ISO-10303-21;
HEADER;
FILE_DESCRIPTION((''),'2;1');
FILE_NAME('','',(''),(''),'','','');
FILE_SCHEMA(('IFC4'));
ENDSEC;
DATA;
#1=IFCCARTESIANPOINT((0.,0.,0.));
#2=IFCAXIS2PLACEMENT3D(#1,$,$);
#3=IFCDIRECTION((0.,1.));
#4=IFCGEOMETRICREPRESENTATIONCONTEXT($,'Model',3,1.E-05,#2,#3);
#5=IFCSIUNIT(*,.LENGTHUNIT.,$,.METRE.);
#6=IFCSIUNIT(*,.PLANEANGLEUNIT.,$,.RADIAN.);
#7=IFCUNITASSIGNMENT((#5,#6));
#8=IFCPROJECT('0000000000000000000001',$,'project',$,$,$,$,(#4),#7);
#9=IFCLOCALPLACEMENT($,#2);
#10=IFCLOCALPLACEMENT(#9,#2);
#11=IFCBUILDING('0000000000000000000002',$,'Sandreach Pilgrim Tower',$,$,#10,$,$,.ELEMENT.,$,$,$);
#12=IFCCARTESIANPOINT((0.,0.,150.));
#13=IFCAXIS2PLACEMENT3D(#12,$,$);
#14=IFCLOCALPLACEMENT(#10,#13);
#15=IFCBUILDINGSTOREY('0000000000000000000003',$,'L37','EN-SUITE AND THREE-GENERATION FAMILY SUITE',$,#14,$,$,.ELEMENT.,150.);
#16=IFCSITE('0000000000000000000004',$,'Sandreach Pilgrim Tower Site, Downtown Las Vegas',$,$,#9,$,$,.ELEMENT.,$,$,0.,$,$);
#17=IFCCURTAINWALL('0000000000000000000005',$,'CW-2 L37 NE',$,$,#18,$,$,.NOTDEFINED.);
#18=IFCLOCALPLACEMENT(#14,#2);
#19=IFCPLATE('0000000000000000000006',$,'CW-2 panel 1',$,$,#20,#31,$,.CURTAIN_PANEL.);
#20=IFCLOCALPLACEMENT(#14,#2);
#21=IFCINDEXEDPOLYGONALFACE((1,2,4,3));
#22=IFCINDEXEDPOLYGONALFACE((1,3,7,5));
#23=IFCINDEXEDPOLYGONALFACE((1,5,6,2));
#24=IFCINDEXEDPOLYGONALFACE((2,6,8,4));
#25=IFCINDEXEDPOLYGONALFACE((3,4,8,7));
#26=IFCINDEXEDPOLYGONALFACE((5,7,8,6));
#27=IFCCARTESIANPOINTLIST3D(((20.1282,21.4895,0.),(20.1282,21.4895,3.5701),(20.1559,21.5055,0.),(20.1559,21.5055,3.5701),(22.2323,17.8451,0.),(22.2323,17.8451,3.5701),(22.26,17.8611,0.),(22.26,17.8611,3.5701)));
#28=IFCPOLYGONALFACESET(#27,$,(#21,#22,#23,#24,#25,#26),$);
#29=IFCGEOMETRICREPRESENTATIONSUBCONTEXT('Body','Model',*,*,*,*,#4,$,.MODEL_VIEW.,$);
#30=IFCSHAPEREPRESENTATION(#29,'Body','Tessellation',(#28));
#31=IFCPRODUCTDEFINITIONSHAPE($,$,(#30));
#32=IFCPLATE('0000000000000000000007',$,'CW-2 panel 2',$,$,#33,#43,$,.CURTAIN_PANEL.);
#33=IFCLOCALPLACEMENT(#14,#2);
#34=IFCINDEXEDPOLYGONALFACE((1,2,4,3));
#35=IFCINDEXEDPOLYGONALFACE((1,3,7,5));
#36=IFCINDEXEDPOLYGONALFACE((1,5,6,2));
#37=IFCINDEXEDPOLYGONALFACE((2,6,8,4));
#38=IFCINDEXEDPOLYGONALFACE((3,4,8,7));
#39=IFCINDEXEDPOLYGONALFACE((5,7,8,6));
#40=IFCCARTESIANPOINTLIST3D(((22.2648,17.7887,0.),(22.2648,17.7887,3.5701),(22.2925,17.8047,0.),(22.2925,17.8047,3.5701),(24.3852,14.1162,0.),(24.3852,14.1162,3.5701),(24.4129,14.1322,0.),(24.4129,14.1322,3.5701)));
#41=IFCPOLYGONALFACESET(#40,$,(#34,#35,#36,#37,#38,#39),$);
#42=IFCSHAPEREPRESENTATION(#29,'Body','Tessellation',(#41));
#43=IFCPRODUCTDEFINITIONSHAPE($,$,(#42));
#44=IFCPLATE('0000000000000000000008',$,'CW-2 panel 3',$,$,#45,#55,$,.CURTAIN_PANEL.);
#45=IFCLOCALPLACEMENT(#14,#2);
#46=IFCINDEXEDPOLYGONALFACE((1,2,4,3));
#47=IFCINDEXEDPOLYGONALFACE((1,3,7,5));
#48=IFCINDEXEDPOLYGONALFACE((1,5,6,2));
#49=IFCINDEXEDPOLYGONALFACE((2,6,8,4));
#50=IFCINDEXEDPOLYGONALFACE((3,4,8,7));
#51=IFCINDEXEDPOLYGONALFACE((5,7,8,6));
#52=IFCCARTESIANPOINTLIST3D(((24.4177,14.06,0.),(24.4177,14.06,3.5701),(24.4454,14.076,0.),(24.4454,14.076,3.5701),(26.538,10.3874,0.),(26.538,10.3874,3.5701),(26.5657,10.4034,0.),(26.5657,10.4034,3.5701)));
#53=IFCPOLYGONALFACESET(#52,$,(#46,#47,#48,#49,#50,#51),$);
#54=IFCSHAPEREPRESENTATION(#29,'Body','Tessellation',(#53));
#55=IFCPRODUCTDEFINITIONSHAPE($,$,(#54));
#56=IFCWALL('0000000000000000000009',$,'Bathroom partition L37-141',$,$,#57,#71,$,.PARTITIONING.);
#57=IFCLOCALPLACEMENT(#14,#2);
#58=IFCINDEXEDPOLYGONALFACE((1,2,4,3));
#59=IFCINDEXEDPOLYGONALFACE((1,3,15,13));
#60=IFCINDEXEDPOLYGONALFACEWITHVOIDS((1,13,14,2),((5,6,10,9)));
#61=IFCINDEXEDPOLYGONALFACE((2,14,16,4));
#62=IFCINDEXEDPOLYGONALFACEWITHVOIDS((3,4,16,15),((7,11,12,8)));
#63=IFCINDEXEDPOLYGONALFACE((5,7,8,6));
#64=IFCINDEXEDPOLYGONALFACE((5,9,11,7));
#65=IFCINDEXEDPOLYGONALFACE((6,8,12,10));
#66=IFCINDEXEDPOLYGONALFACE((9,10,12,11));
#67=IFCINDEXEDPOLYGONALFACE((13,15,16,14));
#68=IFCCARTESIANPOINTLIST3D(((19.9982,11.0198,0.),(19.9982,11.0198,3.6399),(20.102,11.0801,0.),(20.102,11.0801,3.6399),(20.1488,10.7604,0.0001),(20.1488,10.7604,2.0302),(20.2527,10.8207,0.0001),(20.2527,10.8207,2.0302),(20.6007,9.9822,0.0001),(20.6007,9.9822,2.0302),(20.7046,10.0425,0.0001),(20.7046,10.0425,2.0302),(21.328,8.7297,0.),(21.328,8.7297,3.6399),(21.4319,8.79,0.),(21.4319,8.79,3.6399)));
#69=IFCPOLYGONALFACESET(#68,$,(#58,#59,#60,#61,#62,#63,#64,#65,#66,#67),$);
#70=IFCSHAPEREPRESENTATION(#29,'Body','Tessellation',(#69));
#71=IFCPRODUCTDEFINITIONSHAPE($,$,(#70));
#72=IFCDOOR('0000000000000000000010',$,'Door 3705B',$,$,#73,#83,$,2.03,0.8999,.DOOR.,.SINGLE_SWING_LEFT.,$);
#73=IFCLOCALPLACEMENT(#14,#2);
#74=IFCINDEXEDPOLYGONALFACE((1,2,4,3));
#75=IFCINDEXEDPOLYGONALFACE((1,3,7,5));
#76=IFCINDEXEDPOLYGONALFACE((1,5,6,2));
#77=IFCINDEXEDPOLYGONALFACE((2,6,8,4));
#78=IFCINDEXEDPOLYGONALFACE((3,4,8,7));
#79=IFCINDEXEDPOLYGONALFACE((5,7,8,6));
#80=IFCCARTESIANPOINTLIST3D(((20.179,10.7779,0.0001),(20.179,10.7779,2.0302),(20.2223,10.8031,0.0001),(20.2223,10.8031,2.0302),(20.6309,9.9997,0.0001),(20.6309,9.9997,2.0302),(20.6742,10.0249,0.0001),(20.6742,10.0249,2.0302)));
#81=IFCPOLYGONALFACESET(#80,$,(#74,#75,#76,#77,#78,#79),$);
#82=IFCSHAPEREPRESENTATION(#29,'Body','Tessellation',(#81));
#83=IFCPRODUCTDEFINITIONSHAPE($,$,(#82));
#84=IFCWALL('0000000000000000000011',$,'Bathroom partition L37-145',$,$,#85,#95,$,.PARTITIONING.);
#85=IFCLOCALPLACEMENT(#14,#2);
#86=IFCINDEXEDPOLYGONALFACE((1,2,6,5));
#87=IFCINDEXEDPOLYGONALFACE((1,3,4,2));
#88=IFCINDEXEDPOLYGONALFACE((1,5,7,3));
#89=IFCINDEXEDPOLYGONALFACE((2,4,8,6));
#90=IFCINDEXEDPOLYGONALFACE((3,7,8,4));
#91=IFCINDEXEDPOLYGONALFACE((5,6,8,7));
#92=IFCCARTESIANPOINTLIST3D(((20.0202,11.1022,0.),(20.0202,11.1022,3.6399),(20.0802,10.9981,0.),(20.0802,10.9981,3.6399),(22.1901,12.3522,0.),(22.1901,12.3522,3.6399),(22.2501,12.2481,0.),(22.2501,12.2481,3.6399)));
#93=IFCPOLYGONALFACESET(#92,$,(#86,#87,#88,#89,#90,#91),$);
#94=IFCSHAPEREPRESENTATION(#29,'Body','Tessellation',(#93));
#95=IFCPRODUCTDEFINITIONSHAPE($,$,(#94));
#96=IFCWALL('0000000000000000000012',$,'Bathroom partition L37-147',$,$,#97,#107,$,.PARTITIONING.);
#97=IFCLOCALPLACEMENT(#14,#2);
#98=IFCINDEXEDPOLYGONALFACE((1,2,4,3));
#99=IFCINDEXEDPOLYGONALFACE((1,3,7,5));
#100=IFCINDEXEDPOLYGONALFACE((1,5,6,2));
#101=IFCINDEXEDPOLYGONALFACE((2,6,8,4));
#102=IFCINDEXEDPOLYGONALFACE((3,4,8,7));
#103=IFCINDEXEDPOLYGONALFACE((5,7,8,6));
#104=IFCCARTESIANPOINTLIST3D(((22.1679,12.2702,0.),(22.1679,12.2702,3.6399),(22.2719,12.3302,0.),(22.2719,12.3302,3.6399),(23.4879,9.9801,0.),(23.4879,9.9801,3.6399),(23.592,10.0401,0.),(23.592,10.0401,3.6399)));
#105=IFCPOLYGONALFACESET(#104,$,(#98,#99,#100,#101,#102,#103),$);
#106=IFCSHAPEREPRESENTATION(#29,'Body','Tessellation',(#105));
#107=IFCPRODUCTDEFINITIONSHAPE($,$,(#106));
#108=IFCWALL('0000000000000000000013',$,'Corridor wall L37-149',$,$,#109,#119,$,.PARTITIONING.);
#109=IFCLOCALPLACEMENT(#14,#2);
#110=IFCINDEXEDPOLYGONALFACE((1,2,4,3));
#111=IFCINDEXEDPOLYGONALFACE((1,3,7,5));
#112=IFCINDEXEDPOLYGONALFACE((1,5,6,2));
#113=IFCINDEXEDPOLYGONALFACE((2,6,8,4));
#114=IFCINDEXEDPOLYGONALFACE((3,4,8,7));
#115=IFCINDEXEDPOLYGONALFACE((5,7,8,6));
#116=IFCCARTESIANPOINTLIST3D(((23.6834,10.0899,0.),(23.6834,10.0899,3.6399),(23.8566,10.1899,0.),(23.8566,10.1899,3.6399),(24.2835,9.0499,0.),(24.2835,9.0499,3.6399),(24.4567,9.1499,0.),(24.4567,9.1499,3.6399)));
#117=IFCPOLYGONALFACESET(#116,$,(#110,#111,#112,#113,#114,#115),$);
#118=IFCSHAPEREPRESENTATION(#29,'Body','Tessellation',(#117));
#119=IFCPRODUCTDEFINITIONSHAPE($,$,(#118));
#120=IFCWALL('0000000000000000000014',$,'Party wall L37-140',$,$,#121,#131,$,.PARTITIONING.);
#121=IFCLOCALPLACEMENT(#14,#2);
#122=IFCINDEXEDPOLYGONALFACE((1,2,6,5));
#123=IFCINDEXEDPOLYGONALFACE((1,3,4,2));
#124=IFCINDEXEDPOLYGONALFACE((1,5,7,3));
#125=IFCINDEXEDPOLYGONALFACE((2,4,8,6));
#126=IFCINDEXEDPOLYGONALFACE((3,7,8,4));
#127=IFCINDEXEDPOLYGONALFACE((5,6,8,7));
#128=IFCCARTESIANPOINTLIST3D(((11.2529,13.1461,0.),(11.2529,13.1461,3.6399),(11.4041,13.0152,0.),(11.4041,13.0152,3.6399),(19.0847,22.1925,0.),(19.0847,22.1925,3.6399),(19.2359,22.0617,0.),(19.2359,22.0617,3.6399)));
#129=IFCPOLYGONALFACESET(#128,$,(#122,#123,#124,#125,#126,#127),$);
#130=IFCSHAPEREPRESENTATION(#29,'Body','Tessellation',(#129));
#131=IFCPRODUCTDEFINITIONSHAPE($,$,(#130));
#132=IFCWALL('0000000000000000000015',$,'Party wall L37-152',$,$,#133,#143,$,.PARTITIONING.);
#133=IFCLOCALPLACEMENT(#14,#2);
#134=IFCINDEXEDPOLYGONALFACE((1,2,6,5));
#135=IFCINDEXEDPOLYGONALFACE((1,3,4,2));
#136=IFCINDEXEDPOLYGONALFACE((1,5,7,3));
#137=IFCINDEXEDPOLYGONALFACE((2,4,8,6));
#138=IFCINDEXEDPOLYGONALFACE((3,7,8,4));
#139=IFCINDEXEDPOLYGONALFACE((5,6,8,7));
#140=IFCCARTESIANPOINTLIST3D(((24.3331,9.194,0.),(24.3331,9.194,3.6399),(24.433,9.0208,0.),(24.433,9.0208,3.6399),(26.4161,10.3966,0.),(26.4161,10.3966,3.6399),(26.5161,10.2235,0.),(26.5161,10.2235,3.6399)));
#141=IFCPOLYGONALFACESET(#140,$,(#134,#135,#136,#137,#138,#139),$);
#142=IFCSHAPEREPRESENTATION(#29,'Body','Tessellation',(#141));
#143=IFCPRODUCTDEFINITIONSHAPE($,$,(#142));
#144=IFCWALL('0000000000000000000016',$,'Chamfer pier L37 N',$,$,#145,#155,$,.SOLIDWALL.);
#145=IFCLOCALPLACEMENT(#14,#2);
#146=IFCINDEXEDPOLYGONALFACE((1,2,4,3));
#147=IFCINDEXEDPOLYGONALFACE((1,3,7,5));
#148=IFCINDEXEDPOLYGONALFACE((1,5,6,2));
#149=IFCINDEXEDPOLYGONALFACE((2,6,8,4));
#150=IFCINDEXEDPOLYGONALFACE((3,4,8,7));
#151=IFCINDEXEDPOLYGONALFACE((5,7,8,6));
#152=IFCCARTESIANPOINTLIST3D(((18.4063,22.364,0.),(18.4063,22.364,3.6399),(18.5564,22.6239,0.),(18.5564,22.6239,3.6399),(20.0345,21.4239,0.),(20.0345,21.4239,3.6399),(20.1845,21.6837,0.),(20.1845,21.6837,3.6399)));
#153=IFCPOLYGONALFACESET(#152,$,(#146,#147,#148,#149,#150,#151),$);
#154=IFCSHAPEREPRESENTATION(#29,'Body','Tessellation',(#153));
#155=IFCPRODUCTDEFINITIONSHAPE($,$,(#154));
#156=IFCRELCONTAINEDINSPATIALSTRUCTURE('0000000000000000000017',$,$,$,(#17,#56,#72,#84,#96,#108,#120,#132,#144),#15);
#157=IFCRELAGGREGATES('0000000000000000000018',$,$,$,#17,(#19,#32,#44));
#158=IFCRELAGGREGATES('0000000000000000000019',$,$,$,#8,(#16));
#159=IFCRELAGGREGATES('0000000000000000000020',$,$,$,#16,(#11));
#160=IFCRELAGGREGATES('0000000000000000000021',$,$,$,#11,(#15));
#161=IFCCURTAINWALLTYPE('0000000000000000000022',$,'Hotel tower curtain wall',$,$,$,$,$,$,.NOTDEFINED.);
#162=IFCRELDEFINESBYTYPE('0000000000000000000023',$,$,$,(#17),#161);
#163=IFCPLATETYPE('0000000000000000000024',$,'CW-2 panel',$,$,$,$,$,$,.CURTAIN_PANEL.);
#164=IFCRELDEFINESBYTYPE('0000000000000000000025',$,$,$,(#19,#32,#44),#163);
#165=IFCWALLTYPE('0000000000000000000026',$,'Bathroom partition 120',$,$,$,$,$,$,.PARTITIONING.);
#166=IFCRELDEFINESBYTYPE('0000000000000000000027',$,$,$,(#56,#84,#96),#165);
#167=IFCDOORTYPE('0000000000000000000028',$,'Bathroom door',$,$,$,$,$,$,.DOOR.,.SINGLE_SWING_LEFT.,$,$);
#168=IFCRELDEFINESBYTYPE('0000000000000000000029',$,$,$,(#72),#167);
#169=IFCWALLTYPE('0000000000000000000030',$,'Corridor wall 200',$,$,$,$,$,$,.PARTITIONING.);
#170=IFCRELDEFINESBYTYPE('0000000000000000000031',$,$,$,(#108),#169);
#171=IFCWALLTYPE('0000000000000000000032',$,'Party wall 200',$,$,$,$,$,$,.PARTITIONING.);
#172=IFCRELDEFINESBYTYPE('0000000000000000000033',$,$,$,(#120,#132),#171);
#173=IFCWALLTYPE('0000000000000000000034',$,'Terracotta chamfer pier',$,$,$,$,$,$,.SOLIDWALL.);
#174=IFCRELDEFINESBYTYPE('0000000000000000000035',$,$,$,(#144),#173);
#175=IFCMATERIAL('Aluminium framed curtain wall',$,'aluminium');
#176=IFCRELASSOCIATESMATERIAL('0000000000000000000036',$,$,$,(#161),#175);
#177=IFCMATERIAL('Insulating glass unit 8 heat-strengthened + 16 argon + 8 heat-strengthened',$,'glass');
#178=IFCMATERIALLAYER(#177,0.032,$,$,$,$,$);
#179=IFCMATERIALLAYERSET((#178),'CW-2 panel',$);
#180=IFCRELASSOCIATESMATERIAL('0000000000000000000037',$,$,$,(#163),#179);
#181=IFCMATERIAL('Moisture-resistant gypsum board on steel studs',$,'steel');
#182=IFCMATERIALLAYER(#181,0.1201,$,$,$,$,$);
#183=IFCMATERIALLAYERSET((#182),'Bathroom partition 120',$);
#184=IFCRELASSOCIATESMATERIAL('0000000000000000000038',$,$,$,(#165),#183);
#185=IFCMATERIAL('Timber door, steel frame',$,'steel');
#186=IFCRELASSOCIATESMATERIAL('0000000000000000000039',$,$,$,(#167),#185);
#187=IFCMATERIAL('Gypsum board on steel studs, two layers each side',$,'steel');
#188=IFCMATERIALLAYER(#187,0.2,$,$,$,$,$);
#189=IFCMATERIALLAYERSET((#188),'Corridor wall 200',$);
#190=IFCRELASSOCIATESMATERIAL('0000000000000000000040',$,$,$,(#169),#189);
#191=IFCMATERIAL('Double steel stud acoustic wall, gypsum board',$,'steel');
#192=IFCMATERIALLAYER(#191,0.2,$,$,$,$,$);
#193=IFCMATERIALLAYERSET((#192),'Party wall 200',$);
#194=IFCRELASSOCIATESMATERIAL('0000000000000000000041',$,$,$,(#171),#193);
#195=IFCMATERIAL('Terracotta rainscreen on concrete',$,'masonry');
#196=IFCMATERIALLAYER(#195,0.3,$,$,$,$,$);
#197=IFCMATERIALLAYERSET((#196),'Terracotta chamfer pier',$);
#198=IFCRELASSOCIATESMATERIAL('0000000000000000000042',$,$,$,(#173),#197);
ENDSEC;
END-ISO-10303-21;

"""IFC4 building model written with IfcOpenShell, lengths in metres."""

from ifc_helpers import new_model, si_unit, direction, frame, frame_2d, origin, origin_2d, place, context, subcontext, project, spatial, rectangle, extrude, material, layer, layer_set, type_object, element, fill, aggregate, save


model = new_model("IFC4")

# Units and contexts
model_context = context("Model", 3, precision=1e-05, world=origin(), true_north=direction((0.0, 1.0)))
body_context = subcontext(model_context, "Body", "Model", "MODEL_VIEW")
ifc_project = project(units=[si_unit("LENGTHUNIT", "METRE"), si_unit("PLANEANGLEUNIT", "RADIAN")], contexts=[model_context])

# Site, building, storey
site_placement = place(None, origin())
site = spatial("IfcSite", under=ifc_project, at=site_placement, Name="Sandreach Pilgrim Tower Site, Downtown Las Vegas", CompositionType="ELEMENT", RefElevation=0.0)
building_placement = place(site_placement, origin())
building = spatial("IfcBuilding", under=site, at=building_placement, Name="Sandreach Pilgrim Tower", CompositionType="ELEMENT")
storey_placement = place(building_placement, frame((0.0, 0.0, 150.0)))
storey = spatial("IfcBuildingStorey", under=building, at=storey_placement, Name="L37", Description="EN-SUITE AND THREE-GENERATION FAMILY SUITE", CompositionType="ELEMENT", Elevation=150.0)

# Shared definitions
ifc_material_1 = material(Name="Aluminium framed curtain wall", Category="aluminium")
curtain_wall_type = type_object("IfcCurtainWallType", Name="Hotel tower curtain wall", PredefinedType="NOTDEFINED", material=ifc_material_1)

# Curtain wall
curtain_wall_1_placement = place(storey_placement, origin())
curtain_wall_1 = element("IfcCurtainWall", 1, at=curtain_wall_1_placement, inside=storey, type_object=curtain_wall_type, Name="CW-2 L37 NE", PredefinedType="NOTDEFINED")

# Plates
ifc_material_2 = material(Name="Insulating glass unit 8 heat-strengthened + 16 argon + 8 heat-strengthened", Category="glass")
ifc_layer_1 = layer(ifc_material_2, 0.032)
ifc_layer_set_1 = layer_set([ifc_layer_1], Name="CW-2 panel")
plate_type = type_object("IfcPlateType", Name="CW-2 panel", PredefinedType="CURTAIN_PANEL", material=ifc_layer_set_1)
plate_1_placement = place(storey_placement, frame((21.1941, 19.6753, 0.0), z_axis=(0.0, 0.0, 1.0), x_axis=(0.5, -0.866025, 0.0)))
plate_1 = element("IfcPlate", 2, at=plate_1_placement, type_object=plate_type, Name="CW-2 panel 1", PredefinedType="CURTAIN_PANEL", context=body_context, shape_type="SweptSolid", body=[
    extrude(rectangle(XDim=4.2083, YDim=0.032, at=origin_2d()), origin(), (0.0, 0.0, 1.0), 3.5701),
])
plate_2_placement = place(storey_placement, frame((23.3389, 15.9604, 0.0), z_axis=(0.0, 0.0, 1.0), x_axis=(0.5, -0.866025, 0.0)))
plate_2 = element("IfcPlate", 3, at=plate_2_placement, type_object=plate_type, Name="CW-2 panel 2", PredefinedType="CURTAIN_PANEL", context=body_context, shape_type="SweptSolid", body=[
    extrude(rectangle(XDim=4.2407, YDim=0.032, at=origin_2d()), origin(), (0.0, 0.0, 1.0), 3.5701),
])
plate_3_placement = place(storey_placement, frame((25.4917, 12.2317, 0.0), z_axis=(0.0, 0.0, 1.0), x_axis=(0.5, -0.866025, 0.0)))
plate_3 = element("IfcPlate", 4, at=plate_3_placement, type_object=plate_type, Name="CW-2 panel 3", PredefinedType="CURTAIN_PANEL", context=body_context, shape_type="SweptSolid", body=[
    extrude(rectangle(XDim=4.2407, YDim=0.032, at=origin_2d()), origin(), (0.0, 0.0, 1.0), 3.5701),
])
aggregate(curtain_wall_1, [plate_1, plate_2, plate_3])

# Wall, opening, door
ifc_material_3 = material(Name="Moisture-resistant gypsum board on steel studs", Category="steel")
ifc_layer_2 = layer(ifc_material_3, 0.1201)
ifc_layer_set_2 = layer_set([ifc_layer_2], Name="Bathroom partition 120")
wall_type_1 = type_object("IfcWallType", Name="Bathroom partition 120", PredefinedType="PARTITIONING", material=ifc_layer_set_2)
wall_1_placement = place(storey_placement, frame((20.05, 11.05, 0.0), z_axis=(0.0, 0.0, 1.0), x_axis=(0.502173, -0.864767, 0.0)))
wall_1 = element("IfcWall", 5, at=wall_1_placement, inside=storey, type_object=wall_type_1, Name="Bathroom partition L37-141", PredefinedType="PARTITIONING", context=body_context, shape_type="SweptSolid", body=[
    extrude(rectangle(XDim=2.6482, YDim=0.1201, at=frame_2d((1.3242, 0.0))), origin(), (0.0, 0.0, 1.0), 3.6399),
])
opening_placement = place(wall_1_placement, frame((0.3, 0.0, 0.0)))
opening = element("IfcOpeningElement", 6, at=opening_placement, cuts=wall_1, PredefinedType="OPENING", context=body_context, shape_type="SweptSolid", body=[
    extrude(rectangle(XDim=0.8999, YDim=2.03, at=frame_2d((0.45, 1.0151))), frame((0.0, 0.0601, 0.0), z_axis=(0.0, -1.0, 0.0), x_axis=(1.0, 0.0, 0.0)), (0.0, 0.0, 1.0), 0.1201),
])
ifc_material_4 = material(Name="Timber door, steel frame", Category="steel")
door_type = type_object("IfcDoorType", Name="Bathroom door", OperationType="SINGLE_SWING_LEFT", PredefinedType="DOOR", material=ifc_material_4)
door_placement = place(opening_placement, origin())
door = element("IfcDoor", 7, at=door_placement, inside=storey, type_object=door_type, Name="Door 3705B", OperationType="SINGLE_SWING_LEFT", OverallHeight=2.03, OverallWidth=0.8999, PredefinedType="DOOR", context=body_context, shape_type="SweptSolid", body=[
    extrude(rectangle(XDim=0.8999, YDim=2.03, at=frame_2d((0.45, 1.0151))), frame((0.0, 0.0249, 0.0), z_axis=(0.0, -1.0, 0.0), x_axis=(1.0, 0.0, 0.0)), (0.0, 0.0, 1.0), 0.05),
])
fill(opening, door)

# Walls
wall_2_placement = place(storey_placement, frame((22.22, 12.3, 0.0), z_axis=(0.0, 0.0, 1.0), x_axis=(-0.86651, -0.49916, 0.0)))
element("IfcWall", 8, at=wall_2_placement, inside=storey, type_object=wall_type_1, Name="Bathroom partition L37-145", PredefinedType="PARTITIONING", context=body_context, shape_type="SweptSolid", body=[
    extrude(rectangle(XDim=2.5042, YDim=0.1201, at=frame_2d((1.252, 0.0))), origin(), (0.0, 0.0, 1.0), 3.6399),
])
wall_3_placement = place(storey_placement, frame((23.54, 10.01, 0.0), z_axis=(0.0, 0.0, 1.0), x_axis=(-0.499408, 0.866367, 0.0)))
element("IfcWall", 9, at=wall_3_placement, inside=storey, type_object=wall_type_1, Name="Bathroom partition L37-147", PredefinedType="PARTITIONING", context=body_context, shape_type="SweptSolid", body=[
    extrude(rectangle(XDim=2.6433, YDim=0.1201, at=frame_2d((1.3218, 0.0))), origin(), (0.0, 0.0, 1.0), 3.6399),
])
ifc_material_5 = material(Name="Gypsum board on steel studs, two layers each side", Category="steel")
ifc_layer_3 = layer(ifc_material_5, 0.2)
ifc_layer_set_3 = layer_set([ifc_layer_3], Name="Corridor wall 200")
wall_type_2 = type_object("IfcWallType", Name="Corridor wall 200", PredefinedType="PARTITIONING", material=ifc_layer_set_3)
wall_4_placement = place(storey_placement, frame((23.77, 10.1399, 0.0), z_axis=(0.0, 0.0, 1.0), x_axis=(0.499769, -0.866159, 0.0)))
element("IfcWall", 10, at=wall_4_placement, inside=storey, type_object=wall_type_2, Name="Corridor wall L37-149", PredefinedType="PARTITIONING", context=body_context, shape_type="SweptSolid", body=[
    extrude(rectangle(XDim=1.2007, YDim=0.2, at=frame_2d((0.6003, 0.0))), origin(), (0.0, 0.0, 1.0), 3.6399),
])
ifc_material_6 = material(Name="Double steel stud acoustic wall, gypsum board", Category="steel")
ifc_layer_4 = layer(ifc_material_6, 0.2)
ifc_layer_set_4 = layer_set([ifc_layer_4], Name="Party wall 200")
wall_type_3 = type_object("IfcWallType", Name="Party wall 200", PredefinedType="PARTITIONING", material=ifc_layer_set_4)
wall_5_placement = place(storey_placement, frame((19.1604, 22.1272, 0.0), z_axis=(0.0, 0.0, 1.0), x_axis=(-0.654529, -0.756037, 0.0)))
element("IfcWall", 11, at=wall_5_placement, inside=storey, type_object=wall_type_3, Name="Party wall L37-140", PredefinedType="PARTITIONING", context=body_context, shape_type="SweptSolid", body=[
    extrude(rectangle(XDim=11.9656, YDim=0.2, at=frame_2d((5.9829, 0.0))), origin(), (0.0, 0.0, 1.0), 3.6399),
])
wall_6_placement = place(storey_placement, frame((26.4661, 10.3101, 0.0), z_axis=(0.0, 0.0, 1.0), x_axis=(-0.866023, -0.500004, 0.0)))
element("IfcWall", 12, at=wall_6_placement, inside=storey, type_object=wall_type_3, Name="Party wall L37-152", PredefinedType="PARTITIONING", context=body_context, shape_type="SweptSolid", body=[
    extrude(rectangle(XDim=2.4053, YDim=0.2, at=frame_2d((1.2026, 0.0))), origin(), (0.0, 0.0, 1.0), 3.6399),
])
ifc_material_7 = material(Name="Terracotta rainscreen on concrete", Category="masonry")
ifc_layer_5 = layer(ifc_material_7, 0.3)
ifc_layer_set_5 = layer_set([ifc_layer_5], Name="Terracotta chamfer pier")
wall_type_4 = type_object("IfcWallType", Name="Terracotta chamfer pier", PredefinedType="SOLIDWALL", material=ifc_layer_set_5)
wall_7_placement = place(storey_placement, frame((18.4814, 22.4939, 0.0), z_axis=(0.0, 0.0, 1.0), x_axis=(0.865989, -0.500063, 0.0)))
element("IfcWall", 13, at=wall_7_placement, inside=storey, type_object=wall_type_4, Name="Chamfer pier L37 N", PredefinedType="SOLIDWALL", context=body_context, shape_type="SweptSolid", body=[
    extrude(rectangle(XDim=1.8801, YDim=0.3, at=frame_2d((0.9399, 0.0))), origin(), (0.0, 0.0, 1.0), 3.6399),
])

save(model, "model.ifc")
